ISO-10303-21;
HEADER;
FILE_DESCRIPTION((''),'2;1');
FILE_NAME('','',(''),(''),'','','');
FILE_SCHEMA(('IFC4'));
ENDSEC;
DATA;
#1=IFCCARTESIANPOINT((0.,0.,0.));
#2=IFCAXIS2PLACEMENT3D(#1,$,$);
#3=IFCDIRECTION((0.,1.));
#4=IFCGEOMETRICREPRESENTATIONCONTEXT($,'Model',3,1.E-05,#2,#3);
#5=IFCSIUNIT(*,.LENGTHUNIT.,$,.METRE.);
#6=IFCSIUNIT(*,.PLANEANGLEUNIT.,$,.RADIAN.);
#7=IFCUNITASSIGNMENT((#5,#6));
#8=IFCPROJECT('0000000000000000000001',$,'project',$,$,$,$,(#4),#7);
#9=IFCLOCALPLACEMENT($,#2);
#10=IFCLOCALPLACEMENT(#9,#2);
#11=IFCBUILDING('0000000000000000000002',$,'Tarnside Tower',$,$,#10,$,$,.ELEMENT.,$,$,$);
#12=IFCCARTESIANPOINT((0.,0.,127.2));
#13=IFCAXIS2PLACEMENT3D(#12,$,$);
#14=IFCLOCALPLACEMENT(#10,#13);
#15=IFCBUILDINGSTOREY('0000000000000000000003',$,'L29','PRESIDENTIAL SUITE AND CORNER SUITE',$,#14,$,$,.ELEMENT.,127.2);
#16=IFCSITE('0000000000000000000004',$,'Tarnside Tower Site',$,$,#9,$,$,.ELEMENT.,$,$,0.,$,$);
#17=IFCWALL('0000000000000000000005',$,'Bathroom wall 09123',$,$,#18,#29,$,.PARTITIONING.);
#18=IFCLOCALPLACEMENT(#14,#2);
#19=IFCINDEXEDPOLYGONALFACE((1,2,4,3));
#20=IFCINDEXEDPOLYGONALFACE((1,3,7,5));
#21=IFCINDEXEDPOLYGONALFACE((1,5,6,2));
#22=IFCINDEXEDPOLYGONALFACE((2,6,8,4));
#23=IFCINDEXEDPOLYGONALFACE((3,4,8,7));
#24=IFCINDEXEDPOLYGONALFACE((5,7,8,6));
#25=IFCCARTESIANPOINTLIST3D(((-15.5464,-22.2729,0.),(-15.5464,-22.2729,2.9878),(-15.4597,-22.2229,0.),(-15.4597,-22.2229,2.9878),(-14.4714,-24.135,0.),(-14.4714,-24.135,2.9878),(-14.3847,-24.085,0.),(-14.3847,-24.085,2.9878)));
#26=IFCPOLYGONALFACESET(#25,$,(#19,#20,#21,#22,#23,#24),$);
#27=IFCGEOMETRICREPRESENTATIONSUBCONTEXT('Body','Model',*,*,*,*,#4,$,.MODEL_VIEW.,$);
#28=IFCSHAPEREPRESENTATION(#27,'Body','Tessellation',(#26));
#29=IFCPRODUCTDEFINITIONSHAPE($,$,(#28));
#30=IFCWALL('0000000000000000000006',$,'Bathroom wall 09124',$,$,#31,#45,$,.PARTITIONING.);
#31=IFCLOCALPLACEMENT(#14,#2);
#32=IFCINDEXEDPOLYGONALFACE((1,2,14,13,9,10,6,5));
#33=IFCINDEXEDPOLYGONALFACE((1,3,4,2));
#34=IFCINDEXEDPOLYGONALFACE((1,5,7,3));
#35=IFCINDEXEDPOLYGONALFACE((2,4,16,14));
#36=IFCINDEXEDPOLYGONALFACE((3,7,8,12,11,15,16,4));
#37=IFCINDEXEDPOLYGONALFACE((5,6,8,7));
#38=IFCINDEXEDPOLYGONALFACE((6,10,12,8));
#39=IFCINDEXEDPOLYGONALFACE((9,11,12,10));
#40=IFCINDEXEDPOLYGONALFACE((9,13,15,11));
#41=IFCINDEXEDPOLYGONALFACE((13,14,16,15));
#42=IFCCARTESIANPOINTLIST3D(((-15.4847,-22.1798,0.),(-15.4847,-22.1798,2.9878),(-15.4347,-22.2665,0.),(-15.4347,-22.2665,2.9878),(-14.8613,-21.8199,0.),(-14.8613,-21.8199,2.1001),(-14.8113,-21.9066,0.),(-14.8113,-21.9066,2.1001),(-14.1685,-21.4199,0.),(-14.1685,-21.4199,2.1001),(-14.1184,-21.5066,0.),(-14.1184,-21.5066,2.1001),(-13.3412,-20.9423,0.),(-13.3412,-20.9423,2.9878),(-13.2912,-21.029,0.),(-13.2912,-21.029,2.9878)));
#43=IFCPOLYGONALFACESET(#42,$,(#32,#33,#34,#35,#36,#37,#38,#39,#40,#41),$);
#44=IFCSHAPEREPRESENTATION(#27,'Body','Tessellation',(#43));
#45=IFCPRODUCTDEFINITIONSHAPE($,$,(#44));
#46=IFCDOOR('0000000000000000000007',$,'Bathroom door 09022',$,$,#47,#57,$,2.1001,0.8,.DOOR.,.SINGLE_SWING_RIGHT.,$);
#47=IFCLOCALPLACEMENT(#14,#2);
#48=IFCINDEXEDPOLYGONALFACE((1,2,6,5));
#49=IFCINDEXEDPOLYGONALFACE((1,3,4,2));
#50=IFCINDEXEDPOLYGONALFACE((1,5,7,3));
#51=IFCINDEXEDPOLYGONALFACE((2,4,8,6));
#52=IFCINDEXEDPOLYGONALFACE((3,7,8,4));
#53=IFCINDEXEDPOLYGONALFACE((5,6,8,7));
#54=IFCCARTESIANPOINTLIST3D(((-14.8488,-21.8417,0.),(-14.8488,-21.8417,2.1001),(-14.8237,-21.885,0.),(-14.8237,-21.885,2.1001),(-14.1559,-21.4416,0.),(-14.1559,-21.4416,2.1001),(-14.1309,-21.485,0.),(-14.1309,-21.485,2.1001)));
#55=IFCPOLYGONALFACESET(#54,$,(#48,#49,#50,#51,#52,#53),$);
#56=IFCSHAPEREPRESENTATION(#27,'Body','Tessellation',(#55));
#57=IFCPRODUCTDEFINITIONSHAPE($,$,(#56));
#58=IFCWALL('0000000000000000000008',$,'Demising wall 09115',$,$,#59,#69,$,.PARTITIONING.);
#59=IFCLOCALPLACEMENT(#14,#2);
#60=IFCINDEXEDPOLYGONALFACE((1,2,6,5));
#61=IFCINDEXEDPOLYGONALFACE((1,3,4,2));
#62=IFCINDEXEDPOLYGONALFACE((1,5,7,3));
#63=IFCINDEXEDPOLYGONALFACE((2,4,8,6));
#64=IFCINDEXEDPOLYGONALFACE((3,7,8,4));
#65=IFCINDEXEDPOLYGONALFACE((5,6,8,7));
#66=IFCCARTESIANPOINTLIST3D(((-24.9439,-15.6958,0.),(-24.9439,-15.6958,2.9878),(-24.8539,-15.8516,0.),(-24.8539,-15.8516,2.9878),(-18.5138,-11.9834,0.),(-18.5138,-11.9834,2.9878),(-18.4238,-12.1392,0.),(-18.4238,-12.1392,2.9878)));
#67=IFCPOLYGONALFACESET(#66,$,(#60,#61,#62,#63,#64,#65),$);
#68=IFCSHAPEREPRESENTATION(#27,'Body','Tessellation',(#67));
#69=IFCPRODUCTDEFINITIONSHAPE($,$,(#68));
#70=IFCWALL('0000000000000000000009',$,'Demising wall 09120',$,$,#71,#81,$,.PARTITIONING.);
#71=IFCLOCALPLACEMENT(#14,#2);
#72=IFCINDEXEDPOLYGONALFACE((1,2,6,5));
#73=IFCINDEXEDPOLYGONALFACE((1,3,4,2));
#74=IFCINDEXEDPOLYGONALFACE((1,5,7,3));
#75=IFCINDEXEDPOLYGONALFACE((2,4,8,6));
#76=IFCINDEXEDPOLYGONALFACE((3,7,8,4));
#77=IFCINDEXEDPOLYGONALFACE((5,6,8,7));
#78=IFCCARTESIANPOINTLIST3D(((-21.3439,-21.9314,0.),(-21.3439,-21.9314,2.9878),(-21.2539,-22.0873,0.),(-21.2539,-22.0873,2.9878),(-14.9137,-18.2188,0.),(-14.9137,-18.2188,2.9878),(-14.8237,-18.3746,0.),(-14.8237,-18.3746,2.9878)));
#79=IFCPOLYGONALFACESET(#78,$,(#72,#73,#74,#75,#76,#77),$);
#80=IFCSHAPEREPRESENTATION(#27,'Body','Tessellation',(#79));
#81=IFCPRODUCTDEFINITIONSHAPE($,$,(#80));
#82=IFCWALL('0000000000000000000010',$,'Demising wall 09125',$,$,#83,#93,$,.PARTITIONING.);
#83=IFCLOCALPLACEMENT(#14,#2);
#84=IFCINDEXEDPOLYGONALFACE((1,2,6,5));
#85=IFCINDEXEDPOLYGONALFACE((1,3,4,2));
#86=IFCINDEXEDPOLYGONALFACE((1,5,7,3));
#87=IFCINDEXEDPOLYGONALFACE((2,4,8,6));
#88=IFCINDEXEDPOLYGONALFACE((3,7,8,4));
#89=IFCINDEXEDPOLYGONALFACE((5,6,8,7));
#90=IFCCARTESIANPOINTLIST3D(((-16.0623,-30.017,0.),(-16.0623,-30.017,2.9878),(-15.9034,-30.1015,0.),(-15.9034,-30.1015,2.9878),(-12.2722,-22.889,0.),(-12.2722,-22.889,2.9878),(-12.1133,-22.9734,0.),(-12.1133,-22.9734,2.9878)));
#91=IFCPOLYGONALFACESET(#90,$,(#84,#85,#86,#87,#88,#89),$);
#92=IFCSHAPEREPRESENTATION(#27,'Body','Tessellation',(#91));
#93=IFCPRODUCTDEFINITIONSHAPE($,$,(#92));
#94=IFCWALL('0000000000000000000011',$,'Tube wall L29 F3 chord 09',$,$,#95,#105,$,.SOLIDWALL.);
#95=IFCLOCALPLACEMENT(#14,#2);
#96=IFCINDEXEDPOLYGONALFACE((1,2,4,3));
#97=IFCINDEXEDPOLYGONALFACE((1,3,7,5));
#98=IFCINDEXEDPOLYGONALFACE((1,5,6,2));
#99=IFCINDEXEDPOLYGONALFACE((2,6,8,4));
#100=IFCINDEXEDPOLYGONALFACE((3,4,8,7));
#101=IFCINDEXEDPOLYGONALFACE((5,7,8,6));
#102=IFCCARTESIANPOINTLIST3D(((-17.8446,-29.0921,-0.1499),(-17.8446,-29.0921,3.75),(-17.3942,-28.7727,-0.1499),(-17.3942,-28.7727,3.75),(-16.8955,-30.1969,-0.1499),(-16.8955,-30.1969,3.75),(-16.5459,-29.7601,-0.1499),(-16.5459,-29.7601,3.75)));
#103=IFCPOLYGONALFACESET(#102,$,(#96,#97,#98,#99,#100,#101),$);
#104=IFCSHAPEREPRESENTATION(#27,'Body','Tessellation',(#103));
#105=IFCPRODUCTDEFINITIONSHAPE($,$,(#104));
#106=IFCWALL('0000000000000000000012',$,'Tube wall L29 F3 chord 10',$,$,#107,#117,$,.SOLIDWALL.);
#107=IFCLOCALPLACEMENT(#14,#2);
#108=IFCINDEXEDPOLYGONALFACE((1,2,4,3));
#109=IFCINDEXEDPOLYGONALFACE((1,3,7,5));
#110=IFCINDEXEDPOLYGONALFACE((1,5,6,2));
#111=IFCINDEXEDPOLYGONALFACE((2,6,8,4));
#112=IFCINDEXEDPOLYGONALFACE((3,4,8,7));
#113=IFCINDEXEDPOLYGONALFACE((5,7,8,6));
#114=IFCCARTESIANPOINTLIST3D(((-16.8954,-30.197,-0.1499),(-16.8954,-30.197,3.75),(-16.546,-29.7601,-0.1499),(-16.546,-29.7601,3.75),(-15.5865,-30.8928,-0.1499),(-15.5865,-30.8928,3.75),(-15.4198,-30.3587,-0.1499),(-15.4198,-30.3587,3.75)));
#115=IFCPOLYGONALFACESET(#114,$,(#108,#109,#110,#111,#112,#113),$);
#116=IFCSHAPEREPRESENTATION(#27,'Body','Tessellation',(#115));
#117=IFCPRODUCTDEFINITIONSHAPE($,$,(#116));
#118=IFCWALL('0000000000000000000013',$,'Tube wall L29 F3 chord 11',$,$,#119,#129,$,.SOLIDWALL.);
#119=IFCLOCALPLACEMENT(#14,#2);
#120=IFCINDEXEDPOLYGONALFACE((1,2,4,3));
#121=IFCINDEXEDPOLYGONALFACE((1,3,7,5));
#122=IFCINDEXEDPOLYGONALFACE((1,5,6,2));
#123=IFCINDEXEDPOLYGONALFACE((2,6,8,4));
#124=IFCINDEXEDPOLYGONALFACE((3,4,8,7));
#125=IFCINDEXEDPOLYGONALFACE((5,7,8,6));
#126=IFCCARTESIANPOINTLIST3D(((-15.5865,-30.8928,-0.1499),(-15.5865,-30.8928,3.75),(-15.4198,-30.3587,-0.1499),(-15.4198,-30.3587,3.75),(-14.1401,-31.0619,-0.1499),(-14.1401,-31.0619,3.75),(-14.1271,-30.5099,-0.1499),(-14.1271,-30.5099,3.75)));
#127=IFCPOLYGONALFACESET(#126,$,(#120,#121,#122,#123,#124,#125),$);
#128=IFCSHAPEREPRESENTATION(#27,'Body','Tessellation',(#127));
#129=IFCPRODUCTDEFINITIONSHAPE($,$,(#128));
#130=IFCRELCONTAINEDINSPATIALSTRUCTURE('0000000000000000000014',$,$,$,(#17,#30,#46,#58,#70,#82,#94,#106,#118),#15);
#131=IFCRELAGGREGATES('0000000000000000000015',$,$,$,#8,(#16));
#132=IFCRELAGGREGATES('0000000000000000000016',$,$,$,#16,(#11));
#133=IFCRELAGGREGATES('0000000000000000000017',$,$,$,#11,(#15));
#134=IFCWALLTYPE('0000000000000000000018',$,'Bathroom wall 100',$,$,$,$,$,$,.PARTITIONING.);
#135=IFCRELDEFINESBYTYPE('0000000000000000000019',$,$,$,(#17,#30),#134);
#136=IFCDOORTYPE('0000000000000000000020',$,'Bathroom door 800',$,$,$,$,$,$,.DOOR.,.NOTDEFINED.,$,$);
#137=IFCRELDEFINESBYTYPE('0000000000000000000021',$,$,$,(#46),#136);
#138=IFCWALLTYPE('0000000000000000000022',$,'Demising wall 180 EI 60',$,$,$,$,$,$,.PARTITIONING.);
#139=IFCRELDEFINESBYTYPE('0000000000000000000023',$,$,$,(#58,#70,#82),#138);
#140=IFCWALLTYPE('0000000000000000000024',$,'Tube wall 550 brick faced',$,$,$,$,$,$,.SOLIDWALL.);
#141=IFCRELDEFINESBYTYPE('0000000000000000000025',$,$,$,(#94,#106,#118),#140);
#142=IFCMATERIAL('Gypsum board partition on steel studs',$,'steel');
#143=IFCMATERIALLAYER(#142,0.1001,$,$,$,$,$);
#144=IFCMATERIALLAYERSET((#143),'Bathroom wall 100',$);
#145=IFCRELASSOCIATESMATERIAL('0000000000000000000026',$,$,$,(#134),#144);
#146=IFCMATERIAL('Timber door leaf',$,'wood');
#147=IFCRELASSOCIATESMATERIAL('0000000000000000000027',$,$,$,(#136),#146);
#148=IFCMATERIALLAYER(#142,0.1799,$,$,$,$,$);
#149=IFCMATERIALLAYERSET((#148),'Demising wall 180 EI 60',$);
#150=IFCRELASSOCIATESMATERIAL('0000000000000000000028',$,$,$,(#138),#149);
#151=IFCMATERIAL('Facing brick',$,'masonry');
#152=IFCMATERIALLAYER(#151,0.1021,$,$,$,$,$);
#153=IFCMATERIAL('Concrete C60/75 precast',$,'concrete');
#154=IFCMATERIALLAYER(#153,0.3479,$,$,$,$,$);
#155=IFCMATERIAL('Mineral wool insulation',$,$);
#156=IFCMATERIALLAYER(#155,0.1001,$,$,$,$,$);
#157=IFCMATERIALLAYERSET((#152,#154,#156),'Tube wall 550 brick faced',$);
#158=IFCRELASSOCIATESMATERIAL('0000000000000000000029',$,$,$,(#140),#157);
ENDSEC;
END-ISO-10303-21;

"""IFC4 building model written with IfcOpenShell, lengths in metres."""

from ifc_helpers import new_model, si_unit, direction, frame, frame_2d, origin, place, context, subcontext, project, spatial, polyline, rectangle, outline, extrude, material, layer, layer_set, type_object, element, fill, save


model = new_model("IFC4")

# Units and contexts
model_context = context("Model", 3, precision=1e-05, world=origin(), true_north=direction((0.0, 1.0)))
body_context = subcontext(model_context, "Body", "Model", "MODEL_VIEW")
ifc_project = project(units=[si_unit("LENGTHUNIT", "METRE"), si_unit("PLANEANGLEUNIT", "RADIAN")], contexts=[model_context])

# Site, building, storey
site_placement = place(None, origin())
site = spatial("IfcSite", under=ifc_project, at=site_placement, Name="Tarnside Tower Site", CompositionType="ELEMENT", RefElevation=0.0)
building_placement = place(site_placement, origin())
building = spatial("IfcBuilding", under=site, at=building_placement, Name="Tarnside Tower", CompositionType="ELEMENT")
storey_placement = place(building_placement, frame((0.0, 0.0, 127.2)))
storey = spatial("IfcBuildingStorey", under=building, at=storey_placement, Name="L29", Description="PRESIDENTIAL SUITE AND CORNER SUITE", CompositionType="ELEMENT", Elevation=127.2)

# Shared definitions
ifc_material_1 = material(Name="Gypsum board partition on steel studs", Category="steel")
ifc_layer_1 = layer(ifc_material_1, 0.1001)
ifc_layer_set_1 = layer_set([ifc_layer_1], Name="Bathroom wall 100")
wall_type_1 = type_object("IfcWallType", Name="Bathroom wall 100", PredefinedType="PARTITIONING", material=ifc_layer_set_1)

# Shared definitions
ifc_material_2 = material(Name="Timber door leaf", Category="wood")
door_type = type_object("IfcDoorType", Name="Bathroom door 800", OperationType="NOTDEFINED", PredefinedType="DOOR", material=ifc_material_2)

# Wall
wall_1_placement = place(storey_placement, frame((-14.428, -24.1101, 0.0), z_axis=(0.0, 0.0, 1.0), x_axis=(-0.499962, 0.866048, 0.0)))
element("IfcWall", 1, at=wall_1_placement, inside=storey, type_object=wall_type_1, Name="Bathroom wall 09123", PredefinedType="PARTITIONING", context=body_context, shape_type="SweptSolid", body=[
    extrude(rectangle(XDim=2.1501, YDim=0.1001, at=frame_2d((1.0752, 0.0))), origin(), (0.0, 0.0, 1.0), 2.9878),
])

# Wall, opening, door
wall_2_placement = place(storey_placement, frame((-15.4597, -22.2231, 0.0), z_axis=(0.0, 0.0, 1.0), x_axis=(0.866031, 0.49999, 0.0)))
wall_2 = element("IfcWall", 2, at=wall_2_placement, inside=storey, type_object=wall_type_1, Name="Bathroom wall 09124", PredefinedType="PARTITIONING", context=body_context, shape_type="SweptSolid", body=[
    extrude(rectangle(XDim=2.4751, YDim=0.1001, at=frame_2d((1.2375, 0.0))), origin(), (0.0, 0.0, 1.0), 2.9878),
])
opening_1_placement = place(wall_2_placement, frame((0.72, 0.0, 0.0)))
opening_1 = element("IfcOpeningElement", 3, at=opening_1_placement, cuts=wall_2, PredefinedType="OPENING", context=body_context, shape_type="SweptSolid", body=[
    extrude(rectangle(XDim=0.8, YDim=2.1001, at=frame_2d((0.3999, 1.05))), frame((0.0, 0.0601, 0.0), z_axis=(0.0, -1.0, 0.0), x_axis=(1.0, 0.0, 0.0)), (0.0, 0.0, 1.0), 0.1201),
])
door_1_placement = place(opening_1_placement, origin())
door_1 = element("IfcDoor", 4, at=door_1_placement, inside=storey, type_object=door_type, Name="Bathroom door 09022", OperationType="SINGLE_SWING_RIGHT", OverallHeight=2.1001, OverallWidth=0.8, PredefinedType="DOOR", context=body_context, shape_type="SweptSolid", body=[
    extrude(rectangle(XDim=0.8, YDim=2.1001, at=frame_2d((0.3999, 1.05))), frame((0.0, 0.0249, 0.0), z_axis=(0.0, -1.0, 0.0), x_axis=(1.0, 0.0, 0.0)), (0.0, 0.0, 1.0), 0.05),
])
fill(opening_1, door_1)

# Walls
ifc_layer_2 = layer(ifc_material_1, 0.1799)
ifc_layer_set_2 = layer_set([ifc_layer_2], Name="Demising wall 180 EI 60")
wall_type_2 = type_object("IfcWallType", Name="Demising wall 180 EI 60", PredefinedType="PARTITIONING", material=ifc_layer_set_2)
wall_3_placement = place(storey_placement, frame((-24.8989, -15.7737, 0.0), z_axis=(0.0, 0.0, 1.0), x_axis=(0.866029, 0.499994, 0.0)))
element("IfcWall", 5, at=wall_3_placement, inside=storey, type_object=wall_type_2, Name="Demising wall 09115", PredefinedType="PARTITIONING", context=body_context, shape_type="SweptSolid", body=[
    extrude(rectangle(XDim=7.4248, YDim=0.1799, at=frame_2d((3.7124, 0.0))), origin(), (0.0, 0.0, 1.0), 2.9878),
])
wall_4_placement = place(storey_placement, frame((-21.2988, -22.0093, 0.0), z_axis=(0.0, 0.0, 1.0), x_axis=(0.866015, 0.500018, 0.0)))
element("IfcWall", 6, at=wall_4_placement, inside=storey, type_object=wall_type_2, Name="Demising wall 09120", PredefinedType="PARTITIONING", context=body_context, shape_type="SweptSolid", body=[
    extrude(rectangle(XDim=7.425, YDim=0.1799, at=frame_2d((3.7124, 0.0))), origin(), (0.0, 0.0, 1.0), 2.9878),
])
wall_5_placement = place(storey_placement, frame((-15.9829, -30.0593, 0.0), z_axis=(0.0, 0.0, 1.0), x_axis=(0.469477, 0.882945, 0.0)))
element("IfcWall", 7, at=wall_5_placement, inside=storey, type_object=wall_type_2, Name="Demising wall 09125", PredefinedType="PARTITIONING", context=body_context, shape_type="SweptSolid", body=[
    extrude(rectangle(XDim=8.073, YDim=0.1799, at=frame_2d((4.0366, 0.0))), origin(), (0.0, 0.0, 1.0), 2.9878),
])
ifc_material_3 = material(Name="Facing brick", Category="masonry")
ifc_layer_3 = layer(ifc_material_3, 0.1021)
ifc_material_4 = material(Name="Concrete C60/75 precast", Category="concrete")
ifc_layer_4 = layer(ifc_material_4, 0.3479)
ifc_material_5 = material(Name="Mineral wool insulation")
ifc_layer_5 = layer(ifc_material_5, 0.1001)
ifc_layer_set_3 = layer_set([ifc_layer_3, ifc_layer_4, ifc_layer_5], Name="Tube wall 550 brick faced")
wall_type_3 = type_object("IfcWallType", Name="Tube wall 550 brick faced", PredefinedType="SOLIDWALL", material=ifc_layer_set_3)
wall_6_placement = place(storey_placement, frame((-17.6194, -28.9324, -0.1499), z_axis=(0.0, 0.0, 1.0), x_axis=(0.651622, -0.758544, 0.0)))
element("IfcWall", 8, at=wall_6_placement, inside=storey, type_object=wall_type_3, Name="Tube wall L29 F3 chord 09", PredefinedType="SOLIDWALL", context=body_context, shape_type="SweptSolid", body=[
    extrude(outline(polyline([(-0.0256, -0.2749), (1.4309, -0.2749), (1.3274, 0.2749), (0.0256, 0.2749), (-0.0256, -0.2749)])), origin(), (0.0, 0.0, 1.0), 3.8999),
])
wall_7_placement = place(storey_placement, frame((-16.7207, -29.9785, -0.1499), z_axis=(0.0, 0.0, 1.0), x_axis=(0.882994, -0.469384, 0.0)))
element("IfcWall", 9, at=wall_7_placement, inside=storey, type_object=wall_type_3, Name="Tube wall L29 F3 chord 10", PredefinedType="SOLIDWALL", context=body_context, shape_type="SweptSolid", body=[
    extrude(outline(polyline([(-0.0518, -0.2749), (1.4307, -0.2749), (1.3271, 0.2749), (0.0518, 0.2749), (-0.0518, -0.2749)])), origin(), (0.0, 0.0, 1.0), 3.8999),
])
wall_8_placement = place(storey_placement, frame((-15.5032, -30.6257, -0.1499), z_axis=(0.0, 0.0, 1.0), x_axis=(0.993233, -0.116143, 0.0)))
element("IfcWall", 10, at=wall_8_placement, inside=storey, type_object=wall_type_3, Name="Tube wall L29 F3 chord 11", PredefinedType="SOLIDWALL", context=body_context, shape_type="SweptSolid", body=[
    extrude(outline(polyline([(-0.0518, -0.2749), (1.4045, -0.2749), (1.3533, 0.2749), (0.0518, 0.2749), (-0.0518, -0.2749)])), origin(), (0.0, 0.0, 1.0), 3.8999),
])

save(model, "model.ifc")
